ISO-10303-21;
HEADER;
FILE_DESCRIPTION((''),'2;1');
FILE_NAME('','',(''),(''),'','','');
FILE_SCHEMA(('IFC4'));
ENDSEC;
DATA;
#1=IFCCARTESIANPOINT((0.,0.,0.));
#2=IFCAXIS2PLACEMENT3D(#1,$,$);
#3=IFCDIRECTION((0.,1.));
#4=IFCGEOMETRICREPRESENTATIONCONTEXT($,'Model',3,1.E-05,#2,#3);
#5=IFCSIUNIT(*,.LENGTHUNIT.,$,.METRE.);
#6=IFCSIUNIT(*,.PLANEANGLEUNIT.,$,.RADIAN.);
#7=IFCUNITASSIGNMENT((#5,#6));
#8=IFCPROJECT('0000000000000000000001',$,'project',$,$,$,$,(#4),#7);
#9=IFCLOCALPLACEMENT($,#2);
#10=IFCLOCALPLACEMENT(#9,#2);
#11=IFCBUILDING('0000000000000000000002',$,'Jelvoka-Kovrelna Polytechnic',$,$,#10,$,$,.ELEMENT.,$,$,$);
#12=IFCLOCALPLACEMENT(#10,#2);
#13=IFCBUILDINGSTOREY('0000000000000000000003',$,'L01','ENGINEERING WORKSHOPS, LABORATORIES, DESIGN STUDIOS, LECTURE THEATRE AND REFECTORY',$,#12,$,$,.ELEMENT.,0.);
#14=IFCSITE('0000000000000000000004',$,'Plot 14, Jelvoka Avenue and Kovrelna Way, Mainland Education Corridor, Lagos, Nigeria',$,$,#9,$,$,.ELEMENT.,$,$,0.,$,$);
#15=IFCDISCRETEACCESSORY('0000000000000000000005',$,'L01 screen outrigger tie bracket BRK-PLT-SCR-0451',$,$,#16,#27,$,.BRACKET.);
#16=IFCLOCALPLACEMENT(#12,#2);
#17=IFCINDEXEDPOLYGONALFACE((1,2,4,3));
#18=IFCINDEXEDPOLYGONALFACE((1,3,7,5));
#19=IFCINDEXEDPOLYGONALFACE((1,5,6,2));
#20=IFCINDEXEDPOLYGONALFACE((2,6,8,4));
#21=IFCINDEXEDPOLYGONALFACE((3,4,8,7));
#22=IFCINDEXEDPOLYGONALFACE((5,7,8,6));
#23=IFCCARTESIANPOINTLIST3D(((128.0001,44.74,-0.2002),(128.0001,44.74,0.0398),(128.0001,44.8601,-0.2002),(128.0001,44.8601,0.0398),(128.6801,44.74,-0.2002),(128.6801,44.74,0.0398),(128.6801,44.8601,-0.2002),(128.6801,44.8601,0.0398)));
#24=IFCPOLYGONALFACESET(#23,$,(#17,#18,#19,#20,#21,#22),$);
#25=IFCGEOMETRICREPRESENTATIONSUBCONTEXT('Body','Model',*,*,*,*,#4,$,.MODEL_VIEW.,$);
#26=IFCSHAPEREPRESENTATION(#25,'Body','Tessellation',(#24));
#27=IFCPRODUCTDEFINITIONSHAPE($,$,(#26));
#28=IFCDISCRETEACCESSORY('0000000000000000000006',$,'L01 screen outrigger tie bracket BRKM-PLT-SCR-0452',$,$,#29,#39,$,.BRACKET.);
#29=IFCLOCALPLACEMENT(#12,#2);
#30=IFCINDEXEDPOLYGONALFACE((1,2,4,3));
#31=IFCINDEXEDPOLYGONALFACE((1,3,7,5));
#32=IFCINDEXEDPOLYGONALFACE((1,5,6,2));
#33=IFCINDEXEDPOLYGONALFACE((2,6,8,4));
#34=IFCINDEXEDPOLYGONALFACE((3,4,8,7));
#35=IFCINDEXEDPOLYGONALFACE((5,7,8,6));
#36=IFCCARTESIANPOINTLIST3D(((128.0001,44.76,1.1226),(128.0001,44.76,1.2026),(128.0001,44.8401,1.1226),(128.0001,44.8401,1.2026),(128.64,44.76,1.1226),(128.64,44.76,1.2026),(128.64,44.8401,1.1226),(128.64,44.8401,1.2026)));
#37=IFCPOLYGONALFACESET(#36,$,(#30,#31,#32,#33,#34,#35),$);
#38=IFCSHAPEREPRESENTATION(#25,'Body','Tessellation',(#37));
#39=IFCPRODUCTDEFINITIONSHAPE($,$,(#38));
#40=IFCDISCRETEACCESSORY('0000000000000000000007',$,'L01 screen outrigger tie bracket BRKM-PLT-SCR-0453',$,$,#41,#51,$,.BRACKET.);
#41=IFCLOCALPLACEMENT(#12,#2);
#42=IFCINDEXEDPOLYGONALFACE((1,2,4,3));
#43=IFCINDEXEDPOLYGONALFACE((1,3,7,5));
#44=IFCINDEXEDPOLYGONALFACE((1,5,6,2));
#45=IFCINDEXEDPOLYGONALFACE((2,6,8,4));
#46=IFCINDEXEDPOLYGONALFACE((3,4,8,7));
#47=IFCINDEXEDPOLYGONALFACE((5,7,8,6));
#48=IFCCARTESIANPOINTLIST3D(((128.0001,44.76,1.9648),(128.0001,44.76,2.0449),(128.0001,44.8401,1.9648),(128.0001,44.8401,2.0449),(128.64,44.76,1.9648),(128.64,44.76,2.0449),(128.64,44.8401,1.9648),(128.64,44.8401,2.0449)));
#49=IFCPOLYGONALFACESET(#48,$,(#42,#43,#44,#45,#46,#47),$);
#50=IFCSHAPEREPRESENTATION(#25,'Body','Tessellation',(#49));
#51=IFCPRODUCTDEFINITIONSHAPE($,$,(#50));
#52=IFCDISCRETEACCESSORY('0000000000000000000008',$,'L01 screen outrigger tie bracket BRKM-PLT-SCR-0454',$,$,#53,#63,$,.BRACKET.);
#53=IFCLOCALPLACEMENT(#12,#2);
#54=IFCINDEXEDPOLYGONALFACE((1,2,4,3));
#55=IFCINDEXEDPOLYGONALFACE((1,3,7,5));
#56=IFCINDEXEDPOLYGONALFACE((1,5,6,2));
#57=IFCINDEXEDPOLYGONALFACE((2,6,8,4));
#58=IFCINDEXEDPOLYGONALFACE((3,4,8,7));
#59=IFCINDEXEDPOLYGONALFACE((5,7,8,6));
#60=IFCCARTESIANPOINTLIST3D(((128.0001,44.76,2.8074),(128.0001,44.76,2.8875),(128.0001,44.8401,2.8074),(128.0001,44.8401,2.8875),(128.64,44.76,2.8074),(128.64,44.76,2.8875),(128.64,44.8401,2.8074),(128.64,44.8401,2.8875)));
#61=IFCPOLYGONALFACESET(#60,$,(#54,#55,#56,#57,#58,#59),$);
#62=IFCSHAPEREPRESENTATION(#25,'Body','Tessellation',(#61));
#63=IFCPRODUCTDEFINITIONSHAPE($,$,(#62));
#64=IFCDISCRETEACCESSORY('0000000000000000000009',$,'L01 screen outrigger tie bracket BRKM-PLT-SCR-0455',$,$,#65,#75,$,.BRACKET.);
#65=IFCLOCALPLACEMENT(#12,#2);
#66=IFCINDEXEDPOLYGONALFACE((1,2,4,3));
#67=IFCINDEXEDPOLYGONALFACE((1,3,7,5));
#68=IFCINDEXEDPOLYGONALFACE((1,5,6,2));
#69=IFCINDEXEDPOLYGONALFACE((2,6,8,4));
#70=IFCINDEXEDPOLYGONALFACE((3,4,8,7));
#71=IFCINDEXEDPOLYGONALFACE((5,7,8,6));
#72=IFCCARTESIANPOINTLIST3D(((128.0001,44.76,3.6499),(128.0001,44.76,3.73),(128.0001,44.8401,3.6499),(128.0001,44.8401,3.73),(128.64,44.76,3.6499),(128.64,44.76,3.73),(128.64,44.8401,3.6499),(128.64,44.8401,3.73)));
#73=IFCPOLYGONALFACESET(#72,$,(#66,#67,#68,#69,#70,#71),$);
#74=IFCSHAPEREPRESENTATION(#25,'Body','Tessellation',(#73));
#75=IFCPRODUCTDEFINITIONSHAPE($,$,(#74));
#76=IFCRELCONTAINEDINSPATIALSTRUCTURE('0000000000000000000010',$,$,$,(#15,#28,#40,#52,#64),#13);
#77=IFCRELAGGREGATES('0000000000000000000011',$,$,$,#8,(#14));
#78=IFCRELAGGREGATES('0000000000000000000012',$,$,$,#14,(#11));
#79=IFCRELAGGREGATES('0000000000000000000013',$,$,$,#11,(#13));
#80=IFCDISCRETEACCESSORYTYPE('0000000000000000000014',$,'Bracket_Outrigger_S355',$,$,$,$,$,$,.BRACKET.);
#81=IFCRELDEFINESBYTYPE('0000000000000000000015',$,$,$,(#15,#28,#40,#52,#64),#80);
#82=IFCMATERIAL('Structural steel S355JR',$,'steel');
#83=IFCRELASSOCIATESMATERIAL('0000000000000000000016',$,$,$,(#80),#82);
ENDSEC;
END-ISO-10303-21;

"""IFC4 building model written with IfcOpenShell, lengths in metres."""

from ifc_helpers import new_model, si_unit, direction, frame, origin, origin_2d, place, context, subcontext, project, spatial, rectangle, extrude, material, type_object, element, save


model = new_model("IFC4")

# Units and contexts
model_context = context("Model", 3, precision=1e-05, world=origin(), true_north=direction((0.0, 1.0)))
body_context = subcontext(model_context, "Body", "Model", "MODEL_VIEW")
ifc_project = project(units=[si_unit("LENGTHUNIT", "METRE"), si_unit("PLANEANGLEUNIT", "RADIAN")], contexts=[model_context])

# Site, building, storey
site_placement = place(None, origin())
site = spatial("IfcSite", under=ifc_project, at=site_placement, Name="Plot 14, Jelvoka Avenue and Kovrelna Way, Mainland Education Corridor, Lagos, Nigeria", CompositionType="ELEMENT", RefElevation=0.0)
building_placement = place(site_placement, origin())
building = spatial("IfcBuilding", under=site, at=building_placement, Name="Jelvoka-Kovrelna Polytechnic", CompositionType="ELEMENT")
storey_placement = place(building_placement, origin())
storey = spatial("IfcBuildingStorey", under=building, at=storey_placement, Name="L01", Description="ENGINEERING WORKSHOPS, LABORATORIES, DESIGN STUDIOS, LECTURE THEATRE AND REFECTORY", CompositionType="ELEMENT", Elevation=0.0)

# Discrete accessories
ifc_material_1 = material(Name="Structural steel S355JR", Category="steel")
discrete_accessory_type = type_object("IfcDiscreteAccessoryType", Name="Bracket_Outrigger_S355", PredefinedType="BRACKET", material=ifc_material_1)
discrete_accessory_1_placement = place(storey_placement, frame((128.3401, 44.8, -0.2002), z_axis=(0.0, 0.0, 1.0), x_axis=(1.0, 0.0, 0.0)))
element("IfcDiscreteAccessory", 1, at=discrete_accessory_1_placement, inside=storey, type_object=discrete_accessory_type, Name="L01 screen outrigger tie bracket BRK-PLT-SCR-0451", PredefinedType="BRACKET", context=body_context, shape_type="SweptSolid", body=[
    extrude(rectangle(XDim=0.6799, YDim=0.1201, at=origin_2d()), origin(), (0.0, 0.0, 1.0), 0.24),
])
for number, where, z_axis, x_axis, name in (
    (2, (128.3201, 44.8, 1.1226), (0.0, 0.0, 1.0), (1.0, 0.0, 0.0), "L01 screen outrigger tie bracket BRKM-PLT-SCR-0452"),
    (3, (128.3201, 44.8, 1.9648), (0.0, 0.0, 1.0), (1.0, 0.0, 0.0), "L01 screen outrigger tie bracket BRKM-PLT-SCR-0453"),
    (4, (128.3201, 44.8, 2.8074), (0.0, 0.0, 1.0), (1.0, 0.0, 0.0), "L01 screen outrigger tie bracket BRKM-PLT-SCR-0454"),
    (5, (128.3201, 44.8, 3.6499), (0.0, 0.0, 1.0), (1.0, 0.0, 0.0), "L01 screen outrigger tie bracket BRKM-PLT-SCR-0455"),
):
    element("IfcDiscreteAccessory", number, at=place(storey_placement, frame(where, z_axis=z_axis, x_axis=x_axis)), inside=storey, type_object=discrete_accessory_type, Name=name, PredefinedType="BRACKET", context=body_context, shape_type="SweptSolid", body=[
        extrude(rectangle(XDim=0.6399, YDim=0.0801, at=origin_2d()), origin(), (0.0, 0.0, 1.0), 0.0801),
    ])

save(model, "model.ifc")
